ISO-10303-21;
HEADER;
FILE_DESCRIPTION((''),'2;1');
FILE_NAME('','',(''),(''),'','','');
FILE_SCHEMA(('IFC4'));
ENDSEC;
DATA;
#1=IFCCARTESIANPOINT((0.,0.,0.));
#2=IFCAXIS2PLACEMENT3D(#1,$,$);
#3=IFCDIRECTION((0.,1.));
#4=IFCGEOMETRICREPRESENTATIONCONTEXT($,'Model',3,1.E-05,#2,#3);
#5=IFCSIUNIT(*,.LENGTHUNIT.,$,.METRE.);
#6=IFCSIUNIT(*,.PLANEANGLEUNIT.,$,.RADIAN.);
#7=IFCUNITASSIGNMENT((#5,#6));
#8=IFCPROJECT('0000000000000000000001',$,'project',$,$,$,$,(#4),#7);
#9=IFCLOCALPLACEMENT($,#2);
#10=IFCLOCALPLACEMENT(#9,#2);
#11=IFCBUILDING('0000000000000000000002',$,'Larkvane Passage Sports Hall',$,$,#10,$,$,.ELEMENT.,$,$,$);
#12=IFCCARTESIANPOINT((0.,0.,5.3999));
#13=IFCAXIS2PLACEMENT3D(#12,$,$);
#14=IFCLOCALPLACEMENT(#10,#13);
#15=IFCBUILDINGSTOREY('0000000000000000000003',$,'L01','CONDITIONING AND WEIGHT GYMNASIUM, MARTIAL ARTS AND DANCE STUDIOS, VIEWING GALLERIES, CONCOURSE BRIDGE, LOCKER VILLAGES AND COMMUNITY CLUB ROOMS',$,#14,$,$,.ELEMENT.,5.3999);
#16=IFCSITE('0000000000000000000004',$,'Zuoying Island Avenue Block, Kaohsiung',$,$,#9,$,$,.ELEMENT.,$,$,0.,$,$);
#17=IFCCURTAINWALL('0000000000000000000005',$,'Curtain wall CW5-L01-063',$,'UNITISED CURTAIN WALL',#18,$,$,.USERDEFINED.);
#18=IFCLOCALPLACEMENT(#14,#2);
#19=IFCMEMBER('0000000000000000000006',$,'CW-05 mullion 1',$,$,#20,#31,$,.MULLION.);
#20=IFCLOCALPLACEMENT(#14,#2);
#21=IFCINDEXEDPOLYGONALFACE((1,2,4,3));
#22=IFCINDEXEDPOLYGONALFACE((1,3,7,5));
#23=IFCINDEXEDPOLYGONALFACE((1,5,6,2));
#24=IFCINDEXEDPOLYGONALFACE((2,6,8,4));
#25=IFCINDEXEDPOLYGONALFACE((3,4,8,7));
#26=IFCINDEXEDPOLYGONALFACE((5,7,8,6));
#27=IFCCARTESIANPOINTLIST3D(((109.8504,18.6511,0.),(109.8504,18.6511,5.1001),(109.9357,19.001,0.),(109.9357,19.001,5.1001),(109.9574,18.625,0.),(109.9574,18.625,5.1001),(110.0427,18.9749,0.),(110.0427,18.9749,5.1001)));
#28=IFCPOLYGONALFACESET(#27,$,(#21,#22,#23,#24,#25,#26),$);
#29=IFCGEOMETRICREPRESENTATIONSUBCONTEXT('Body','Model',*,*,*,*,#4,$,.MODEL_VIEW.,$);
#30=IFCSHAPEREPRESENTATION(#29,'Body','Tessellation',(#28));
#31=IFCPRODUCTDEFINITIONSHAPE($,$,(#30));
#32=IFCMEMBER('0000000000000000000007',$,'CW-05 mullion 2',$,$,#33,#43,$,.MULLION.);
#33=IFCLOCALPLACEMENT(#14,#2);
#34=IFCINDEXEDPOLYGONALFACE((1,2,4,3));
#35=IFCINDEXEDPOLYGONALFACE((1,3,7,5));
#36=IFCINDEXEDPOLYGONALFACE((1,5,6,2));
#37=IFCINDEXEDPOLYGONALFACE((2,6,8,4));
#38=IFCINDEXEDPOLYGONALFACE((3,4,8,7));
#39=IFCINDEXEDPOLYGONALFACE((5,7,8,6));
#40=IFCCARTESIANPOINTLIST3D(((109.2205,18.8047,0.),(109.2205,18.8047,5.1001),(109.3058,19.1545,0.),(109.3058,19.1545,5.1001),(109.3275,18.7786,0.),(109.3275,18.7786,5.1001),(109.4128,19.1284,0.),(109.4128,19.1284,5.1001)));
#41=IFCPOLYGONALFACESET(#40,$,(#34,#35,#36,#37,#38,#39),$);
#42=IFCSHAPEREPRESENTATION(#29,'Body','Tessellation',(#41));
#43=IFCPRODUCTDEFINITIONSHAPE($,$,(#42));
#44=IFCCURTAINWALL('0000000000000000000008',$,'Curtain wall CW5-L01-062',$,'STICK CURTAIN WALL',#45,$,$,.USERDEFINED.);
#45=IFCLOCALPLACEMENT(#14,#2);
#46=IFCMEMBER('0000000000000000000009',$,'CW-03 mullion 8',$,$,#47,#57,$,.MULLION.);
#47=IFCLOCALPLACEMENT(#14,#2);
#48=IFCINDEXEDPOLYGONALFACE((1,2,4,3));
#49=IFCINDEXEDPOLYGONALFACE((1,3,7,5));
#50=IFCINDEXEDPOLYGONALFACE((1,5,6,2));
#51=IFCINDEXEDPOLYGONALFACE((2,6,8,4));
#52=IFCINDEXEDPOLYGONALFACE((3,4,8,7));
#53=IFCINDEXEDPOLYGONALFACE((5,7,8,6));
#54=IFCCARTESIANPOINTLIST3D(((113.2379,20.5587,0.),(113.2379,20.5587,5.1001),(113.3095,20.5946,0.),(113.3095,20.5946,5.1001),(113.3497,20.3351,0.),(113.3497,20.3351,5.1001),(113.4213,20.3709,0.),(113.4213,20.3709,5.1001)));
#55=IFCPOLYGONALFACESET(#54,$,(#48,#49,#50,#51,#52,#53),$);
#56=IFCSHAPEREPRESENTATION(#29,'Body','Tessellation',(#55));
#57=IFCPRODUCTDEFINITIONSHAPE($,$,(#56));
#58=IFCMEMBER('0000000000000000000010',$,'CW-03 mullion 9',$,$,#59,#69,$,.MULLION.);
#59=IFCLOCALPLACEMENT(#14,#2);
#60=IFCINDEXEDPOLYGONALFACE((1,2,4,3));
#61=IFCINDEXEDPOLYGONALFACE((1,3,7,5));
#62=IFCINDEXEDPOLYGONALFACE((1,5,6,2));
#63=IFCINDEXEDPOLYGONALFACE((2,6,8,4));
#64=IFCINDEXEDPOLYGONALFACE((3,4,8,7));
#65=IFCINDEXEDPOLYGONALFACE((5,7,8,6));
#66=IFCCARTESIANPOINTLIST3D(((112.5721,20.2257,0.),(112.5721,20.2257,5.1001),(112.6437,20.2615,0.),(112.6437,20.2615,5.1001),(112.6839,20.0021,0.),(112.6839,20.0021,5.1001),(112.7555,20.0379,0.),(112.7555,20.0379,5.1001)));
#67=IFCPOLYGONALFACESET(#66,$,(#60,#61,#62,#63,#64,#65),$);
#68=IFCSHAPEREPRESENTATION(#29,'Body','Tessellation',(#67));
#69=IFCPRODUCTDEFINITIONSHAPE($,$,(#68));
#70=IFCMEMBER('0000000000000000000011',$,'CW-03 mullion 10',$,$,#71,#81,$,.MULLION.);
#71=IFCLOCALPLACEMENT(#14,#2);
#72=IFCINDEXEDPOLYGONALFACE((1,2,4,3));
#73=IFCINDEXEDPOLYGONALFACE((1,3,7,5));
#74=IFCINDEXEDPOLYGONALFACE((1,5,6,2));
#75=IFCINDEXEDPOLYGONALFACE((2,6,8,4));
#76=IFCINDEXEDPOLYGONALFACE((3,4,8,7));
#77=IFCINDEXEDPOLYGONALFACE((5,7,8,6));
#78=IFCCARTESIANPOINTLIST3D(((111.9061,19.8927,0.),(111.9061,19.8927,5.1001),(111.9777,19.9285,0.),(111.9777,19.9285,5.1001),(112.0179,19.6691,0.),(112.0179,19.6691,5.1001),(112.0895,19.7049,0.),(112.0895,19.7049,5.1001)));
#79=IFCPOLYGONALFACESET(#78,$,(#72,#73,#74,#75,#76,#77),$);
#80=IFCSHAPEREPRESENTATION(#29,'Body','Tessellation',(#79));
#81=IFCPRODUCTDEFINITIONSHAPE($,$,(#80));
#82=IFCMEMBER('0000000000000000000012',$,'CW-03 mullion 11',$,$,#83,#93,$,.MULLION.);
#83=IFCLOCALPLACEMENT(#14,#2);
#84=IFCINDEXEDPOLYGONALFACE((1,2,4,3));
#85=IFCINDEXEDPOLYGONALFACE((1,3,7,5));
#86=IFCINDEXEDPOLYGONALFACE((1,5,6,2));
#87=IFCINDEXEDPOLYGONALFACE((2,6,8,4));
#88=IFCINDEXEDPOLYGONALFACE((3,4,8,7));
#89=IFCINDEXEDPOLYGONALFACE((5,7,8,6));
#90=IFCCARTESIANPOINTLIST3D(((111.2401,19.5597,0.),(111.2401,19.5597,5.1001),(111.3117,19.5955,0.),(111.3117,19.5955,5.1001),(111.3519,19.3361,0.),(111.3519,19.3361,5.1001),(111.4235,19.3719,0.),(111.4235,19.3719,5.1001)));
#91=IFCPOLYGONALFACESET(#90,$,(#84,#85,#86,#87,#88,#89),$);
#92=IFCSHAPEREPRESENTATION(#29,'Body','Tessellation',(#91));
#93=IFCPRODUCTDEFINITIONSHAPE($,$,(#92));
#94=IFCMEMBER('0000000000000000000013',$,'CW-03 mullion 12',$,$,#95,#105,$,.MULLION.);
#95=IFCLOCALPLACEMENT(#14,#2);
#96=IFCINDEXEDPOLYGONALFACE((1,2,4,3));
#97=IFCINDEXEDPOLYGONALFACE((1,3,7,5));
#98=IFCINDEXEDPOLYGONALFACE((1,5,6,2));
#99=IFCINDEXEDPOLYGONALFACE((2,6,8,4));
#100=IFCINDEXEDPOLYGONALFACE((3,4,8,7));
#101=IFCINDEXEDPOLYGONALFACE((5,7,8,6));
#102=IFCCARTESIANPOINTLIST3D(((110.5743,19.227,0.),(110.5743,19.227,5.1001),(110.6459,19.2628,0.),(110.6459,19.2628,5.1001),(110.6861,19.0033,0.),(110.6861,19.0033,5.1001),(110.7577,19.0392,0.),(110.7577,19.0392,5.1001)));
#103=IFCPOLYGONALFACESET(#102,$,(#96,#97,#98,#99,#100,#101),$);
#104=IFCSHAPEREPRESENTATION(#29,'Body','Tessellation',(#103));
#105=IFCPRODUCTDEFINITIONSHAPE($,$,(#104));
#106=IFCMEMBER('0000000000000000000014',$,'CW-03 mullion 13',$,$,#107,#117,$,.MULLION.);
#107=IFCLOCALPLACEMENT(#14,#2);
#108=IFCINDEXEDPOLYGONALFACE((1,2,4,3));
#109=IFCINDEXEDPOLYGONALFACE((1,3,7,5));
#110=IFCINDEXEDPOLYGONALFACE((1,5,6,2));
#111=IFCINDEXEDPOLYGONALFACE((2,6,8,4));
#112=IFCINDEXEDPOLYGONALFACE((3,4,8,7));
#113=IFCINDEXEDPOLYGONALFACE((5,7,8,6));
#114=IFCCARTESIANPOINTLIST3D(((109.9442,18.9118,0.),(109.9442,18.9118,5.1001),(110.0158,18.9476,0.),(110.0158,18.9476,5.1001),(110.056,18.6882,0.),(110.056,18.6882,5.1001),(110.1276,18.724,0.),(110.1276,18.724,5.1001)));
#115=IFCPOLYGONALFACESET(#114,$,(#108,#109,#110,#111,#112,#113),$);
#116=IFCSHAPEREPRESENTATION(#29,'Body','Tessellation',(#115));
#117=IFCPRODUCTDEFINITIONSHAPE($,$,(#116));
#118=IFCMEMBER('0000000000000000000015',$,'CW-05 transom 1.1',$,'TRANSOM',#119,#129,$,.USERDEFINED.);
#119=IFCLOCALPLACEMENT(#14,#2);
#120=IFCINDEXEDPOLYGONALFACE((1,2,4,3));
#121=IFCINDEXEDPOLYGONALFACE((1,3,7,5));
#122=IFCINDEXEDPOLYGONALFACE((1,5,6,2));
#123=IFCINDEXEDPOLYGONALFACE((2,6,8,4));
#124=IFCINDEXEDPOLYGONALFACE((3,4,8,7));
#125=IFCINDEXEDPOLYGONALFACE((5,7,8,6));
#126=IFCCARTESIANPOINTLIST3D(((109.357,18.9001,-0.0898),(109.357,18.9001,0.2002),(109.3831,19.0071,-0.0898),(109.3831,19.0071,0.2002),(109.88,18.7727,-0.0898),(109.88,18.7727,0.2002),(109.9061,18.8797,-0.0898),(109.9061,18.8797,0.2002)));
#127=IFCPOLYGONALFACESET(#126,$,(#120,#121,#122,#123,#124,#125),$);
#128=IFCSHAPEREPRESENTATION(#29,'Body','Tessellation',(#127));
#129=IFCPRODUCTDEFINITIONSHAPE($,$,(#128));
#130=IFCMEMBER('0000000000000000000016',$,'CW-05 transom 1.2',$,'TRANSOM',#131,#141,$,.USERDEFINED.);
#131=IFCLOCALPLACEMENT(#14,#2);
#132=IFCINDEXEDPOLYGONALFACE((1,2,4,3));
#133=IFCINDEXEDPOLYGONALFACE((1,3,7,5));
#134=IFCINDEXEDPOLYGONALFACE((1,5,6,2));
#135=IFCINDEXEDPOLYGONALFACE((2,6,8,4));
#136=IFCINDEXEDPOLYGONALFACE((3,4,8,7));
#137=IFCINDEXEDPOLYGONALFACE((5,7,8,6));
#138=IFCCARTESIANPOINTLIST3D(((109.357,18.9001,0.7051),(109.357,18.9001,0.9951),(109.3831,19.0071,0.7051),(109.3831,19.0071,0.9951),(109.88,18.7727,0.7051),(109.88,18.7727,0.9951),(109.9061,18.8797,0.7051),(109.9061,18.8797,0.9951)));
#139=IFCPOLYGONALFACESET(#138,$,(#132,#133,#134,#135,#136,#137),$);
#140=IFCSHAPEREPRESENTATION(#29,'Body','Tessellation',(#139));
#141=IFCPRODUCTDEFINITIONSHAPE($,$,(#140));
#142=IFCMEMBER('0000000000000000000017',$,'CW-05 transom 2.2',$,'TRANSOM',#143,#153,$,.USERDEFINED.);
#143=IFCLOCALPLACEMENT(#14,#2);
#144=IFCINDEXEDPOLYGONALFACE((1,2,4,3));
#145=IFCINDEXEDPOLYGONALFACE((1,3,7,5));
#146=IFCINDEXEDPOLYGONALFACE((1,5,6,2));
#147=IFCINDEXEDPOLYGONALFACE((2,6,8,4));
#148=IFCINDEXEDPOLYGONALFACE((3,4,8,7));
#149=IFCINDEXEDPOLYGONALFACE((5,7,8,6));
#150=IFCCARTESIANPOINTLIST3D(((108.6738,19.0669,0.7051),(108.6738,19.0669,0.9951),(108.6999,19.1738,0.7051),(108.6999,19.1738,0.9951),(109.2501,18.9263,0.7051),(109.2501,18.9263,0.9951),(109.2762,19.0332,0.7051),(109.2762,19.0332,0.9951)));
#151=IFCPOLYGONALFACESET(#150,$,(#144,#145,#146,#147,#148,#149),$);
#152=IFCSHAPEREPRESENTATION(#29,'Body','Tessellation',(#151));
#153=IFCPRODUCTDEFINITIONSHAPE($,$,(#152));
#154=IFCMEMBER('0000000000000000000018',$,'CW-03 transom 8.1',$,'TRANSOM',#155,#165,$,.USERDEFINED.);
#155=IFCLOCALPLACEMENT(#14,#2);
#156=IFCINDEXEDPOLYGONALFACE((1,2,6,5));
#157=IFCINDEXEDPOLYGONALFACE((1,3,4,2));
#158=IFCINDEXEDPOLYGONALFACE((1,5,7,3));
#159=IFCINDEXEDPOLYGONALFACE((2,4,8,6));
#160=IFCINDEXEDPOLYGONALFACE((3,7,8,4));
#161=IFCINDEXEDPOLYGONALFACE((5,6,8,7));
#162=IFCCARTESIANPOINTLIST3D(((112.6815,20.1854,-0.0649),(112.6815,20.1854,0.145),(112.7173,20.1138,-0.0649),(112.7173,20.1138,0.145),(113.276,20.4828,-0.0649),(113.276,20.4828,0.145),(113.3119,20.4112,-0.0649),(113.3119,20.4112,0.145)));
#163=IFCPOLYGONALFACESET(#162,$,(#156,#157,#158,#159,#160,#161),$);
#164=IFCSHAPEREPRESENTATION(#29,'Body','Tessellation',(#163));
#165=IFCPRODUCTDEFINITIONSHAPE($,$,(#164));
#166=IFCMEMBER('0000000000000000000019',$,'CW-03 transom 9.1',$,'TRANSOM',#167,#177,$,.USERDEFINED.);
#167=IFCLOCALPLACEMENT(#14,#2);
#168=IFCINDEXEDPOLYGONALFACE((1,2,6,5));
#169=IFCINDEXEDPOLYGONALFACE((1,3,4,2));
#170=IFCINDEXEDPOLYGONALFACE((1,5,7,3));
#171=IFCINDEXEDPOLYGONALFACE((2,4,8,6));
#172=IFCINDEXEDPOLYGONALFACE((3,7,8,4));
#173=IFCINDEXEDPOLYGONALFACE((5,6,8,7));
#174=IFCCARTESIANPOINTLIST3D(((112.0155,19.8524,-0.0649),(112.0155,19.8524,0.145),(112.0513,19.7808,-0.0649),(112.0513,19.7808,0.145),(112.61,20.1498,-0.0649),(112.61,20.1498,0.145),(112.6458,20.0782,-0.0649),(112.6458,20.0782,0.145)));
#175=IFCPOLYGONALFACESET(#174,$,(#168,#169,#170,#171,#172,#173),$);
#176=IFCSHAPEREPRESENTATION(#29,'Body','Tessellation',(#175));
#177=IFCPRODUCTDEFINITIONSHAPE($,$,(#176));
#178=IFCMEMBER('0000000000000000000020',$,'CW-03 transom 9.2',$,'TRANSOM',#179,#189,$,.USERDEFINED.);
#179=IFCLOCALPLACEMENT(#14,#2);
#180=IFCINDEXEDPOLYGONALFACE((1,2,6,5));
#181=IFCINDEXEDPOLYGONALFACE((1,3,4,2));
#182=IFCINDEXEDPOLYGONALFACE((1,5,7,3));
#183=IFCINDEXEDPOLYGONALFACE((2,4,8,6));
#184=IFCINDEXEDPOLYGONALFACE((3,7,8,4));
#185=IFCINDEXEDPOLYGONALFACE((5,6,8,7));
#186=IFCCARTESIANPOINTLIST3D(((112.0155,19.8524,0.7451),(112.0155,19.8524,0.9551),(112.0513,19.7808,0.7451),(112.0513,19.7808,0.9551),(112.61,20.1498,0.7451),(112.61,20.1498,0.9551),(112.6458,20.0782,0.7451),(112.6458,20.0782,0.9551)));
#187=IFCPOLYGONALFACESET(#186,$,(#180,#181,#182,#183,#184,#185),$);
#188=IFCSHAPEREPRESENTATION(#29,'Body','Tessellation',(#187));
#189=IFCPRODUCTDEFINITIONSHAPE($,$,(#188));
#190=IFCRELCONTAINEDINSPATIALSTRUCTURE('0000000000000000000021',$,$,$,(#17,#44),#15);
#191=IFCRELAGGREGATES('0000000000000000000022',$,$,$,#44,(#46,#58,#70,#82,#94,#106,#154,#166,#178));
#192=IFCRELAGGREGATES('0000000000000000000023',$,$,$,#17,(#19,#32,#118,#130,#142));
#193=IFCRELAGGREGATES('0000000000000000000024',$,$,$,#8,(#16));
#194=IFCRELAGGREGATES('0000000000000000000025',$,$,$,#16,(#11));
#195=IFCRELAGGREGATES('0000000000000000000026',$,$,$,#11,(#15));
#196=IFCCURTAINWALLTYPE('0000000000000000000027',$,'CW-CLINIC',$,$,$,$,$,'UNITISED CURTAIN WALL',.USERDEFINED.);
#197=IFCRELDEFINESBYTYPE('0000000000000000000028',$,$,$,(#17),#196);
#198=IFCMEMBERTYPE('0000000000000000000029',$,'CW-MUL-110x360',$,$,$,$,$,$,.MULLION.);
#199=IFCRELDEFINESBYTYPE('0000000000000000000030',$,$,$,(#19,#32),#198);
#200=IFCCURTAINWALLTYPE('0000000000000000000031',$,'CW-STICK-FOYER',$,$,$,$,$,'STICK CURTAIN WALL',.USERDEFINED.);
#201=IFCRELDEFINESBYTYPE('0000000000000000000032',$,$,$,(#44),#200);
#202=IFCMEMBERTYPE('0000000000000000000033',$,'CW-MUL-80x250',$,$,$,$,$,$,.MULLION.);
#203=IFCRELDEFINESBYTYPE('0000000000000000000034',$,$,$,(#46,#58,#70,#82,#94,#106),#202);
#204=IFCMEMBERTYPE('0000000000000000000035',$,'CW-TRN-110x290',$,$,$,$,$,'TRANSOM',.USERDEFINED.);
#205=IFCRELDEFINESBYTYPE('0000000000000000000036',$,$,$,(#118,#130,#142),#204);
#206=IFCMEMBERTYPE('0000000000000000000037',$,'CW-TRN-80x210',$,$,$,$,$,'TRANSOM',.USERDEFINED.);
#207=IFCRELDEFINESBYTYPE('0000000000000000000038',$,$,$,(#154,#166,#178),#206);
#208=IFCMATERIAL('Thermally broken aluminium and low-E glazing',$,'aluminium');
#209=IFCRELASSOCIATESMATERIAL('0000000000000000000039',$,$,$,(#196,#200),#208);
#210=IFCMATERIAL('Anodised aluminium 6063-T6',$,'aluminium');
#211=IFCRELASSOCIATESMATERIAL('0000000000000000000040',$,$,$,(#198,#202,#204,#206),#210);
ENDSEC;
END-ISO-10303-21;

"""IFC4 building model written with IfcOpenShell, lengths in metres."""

from ifc_helpers import new_model, si_unit, direction, frame, origin, origin_2d, place, context, subcontext, project, spatial, rectangle, extrude, material, material_profile, profile_set, type_object, element, aggregate, save


model = new_model("IFC4")

# Units and contexts
model_context = context("Model", 3, precision=1e-05, world=origin(), true_north=direction((0.0, 1.0)))
body_context = subcontext(model_context, "Body", "Model", "MODEL_VIEW")
ifc_project = project(units=[si_unit("LENGTHUNIT", "METRE"), si_unit("PLANEANGLEUNIT", "RADIAN")], contexts=[model_context])

# Site, building, storey
site_placement = place(None, origin())
site = spatial("IfcSite", under=ifc_project, at=site_placement, Name="Zuoying Island Avenue Block, Kaohsiung", CompositionType="ELEMENT", RefElevation=0.0)
building_placement = place(site_placement, origin())
building = spatial("IfcBuilding", under=site, at=building_placement, Name="Larkvane Passage Sports Hall", CompositionType="ELEMENT")
storey_placement = place(building_placement, frame((0.0, 0.0, 5.3999)))
storey = spatial("IfcBuildingStorey", under=building, at=storey_placement, Name="L01", Description="CONDITIONING AND WEIGHT GYMNASIUM, MARTIAL ARTS AND DANCE STUDIOS, VIEWING GALLERIES, CONCOURSE BRIDGE, LOCKER VILLAGES AND COMMUNITY CLUB ROOMS", CompositionType="ELEMENT", Elevation=5.3999)

# Curtain walls, members
ifc_material_1 = material(Name="Thermally broken aluminium and low-E glazing", Category="aluminium")
curtain_wall_type_1 = type_object("IfcCurtainWallType", Name="CW-CLINIC", ElementType="UNITISED CURTAIN WALL", PredefinedType="USERDEFINED", material=ifc_material_1)
curtain_wall_1_placement = place(storey_placement, origin())
curtain_wall_1 = element("IfcCurtainWall", 1, at=curtain_wall_1_placement, inside=storey, type_object=curtain_wall_type_1, Name="Curtain wall CW5-L01-063", ObjectType="UNITISED CURTAIN WALL", PredefinedType="USERDEFINED")
ifc_material_2 = material(Name="Anodised aluminium 6063-T6", Category="aluminium")
ifc_material_profile_1 = material_profile(ifc_material_2, rectangle(XDim=0.1101, YDim=0.3601, at=origin_2d()), Name="ALU-MUL-110x360")
ifc_profile_set_1 = profile_set([ifc_material_profile_1], Name="Anodised aluminium 6063-T6")
member_type_1 = type_object("IfcMemberType", Name="CW-MUL-110x360", PredefinedType="MULLION", material=ifc_profile_set_1)
member_1_placement = place(storey_placement, frame((109.9465, 18.813, 0.0), z_axis=(0.0, 0.0, 1.0), x_axis=(-0.971522, 0.236949, 0.0)))
member_1 = element("IfcMember", 2, at=member_1_placement, type_object=member_type_1, Name="CW-05 mullion 1", PredefinedType="MULLION", context=body_context, shape_type="SweptSolid", body=[
    extrude(rectangle(XDim=0.1101, YDim=0.3601, at=origin_2d()), origin(), (0.0, 0.0, 1.0), 5.1001),
])
member_2_placement = place(storey_placement, frame((109.3167, 18.9666, 0.0), z_axis=(0.0, 0.0, 1.0), x_axis=(-0.971522, 0.236949, 0.0)))
member_2 = element("IfcMember", 3, at=member_2_placement, type_object=member_type_1, Name="CW-05 mullion 2", PredefinedType="MULLION", context=body_context, shape_type="SweptSolid", body=[
    extrude(rectangle(XDim=0.1101, YDim=0.3601, at=origin_2d()), origin(), (0.0, 0.0, 1.0), 5.1001),
])
curtain_wall_type_2 = type_object("IfcCurtainWallType", Name="CW-STICK-FOYER", ElementType="STICK CURTAIN WALL", PredefinedType="USERDEFINED", material=ifc_material_1)
curtain_wall_2_placement = place(storey_placement, origin())
curtain_wall_2 = element("IfcCurtainWall", 4, at=curtain_wall_2_placement, inside=storey, type_object=curtain_wall_type_2, Name="Curtain wall CW5-L01-062", ObjectType="STICK CURTAIN WALL", PredefinedType="USERDEFINED")
ifc_material_profile_2 = material_profile(ifc_material_2, rectangle(XDim=0.0801, YDim=0.25, at=origin_2d()), Name="ALU-MUL-80x250")
ifc_profile_set_2 = profile_set([ifc_material_profile_2], Name="Anodised aluminium 6063-T6")
member_type_2 = type_object("IfcMemberType", Name="CW-MUL-80x250", PredefinedType="MULLION", material=ifc_profile_set_2)
member_3_placement = place(storey_placement, frame((113.3296, 20.4648, 0.0), z_axis=(0.0, 0.0, 1.0), x_axis=(-0.894429, -0.447209, 0.0)))
member_3 = element("IfcMember", 5, at=member_3_placement, type_object=member_type_2, Name="CW-03 mullion 8", PredefinedType="MULLION", context=body_context, shape_type="SweptSolid", body=[
    extrude(rectangle(XDim=0.0801, YDim=0.25, at=origin_2d()), origin(), (0.0, 0.0, 1.0), 5.1001),
])
member_4_placement = place(storey_placement, frame((112.6638, 20.1318, 0.0), z_axis=(0.0, 0.0, 1.0), x_axis=(-0.894429, -0.447209, 0.0)))
member_4 = element("IfcMember", 6, at=member_4_placement, type_object=member_type_2, Name="CW-03 mullion 9", PredefinedType="MULLION", context=body_context, shape_type="SweptSolid", body=[
    extrude(rectangle(XDim=0.0801, YDim=0.25, at=origin_2d()), origin(), (0.0, 0.0, 1.0), 5.1001),
])
member_5_placement = place(storey_placement, frame((111.9978, 19.7988, 0.0), z_axis=(0.0, 0.0, 1.0), x_axis=(-0.894429, -0.447209, 0.0)))
member_5 = element("IfcMember", 7, at=member_5_placement, type_object=member_type_2, Name="CW-03 mullion 10", PredefinedType="MULLION", context=body_context, shape_type="SweptSolid", body=[
    extrude(rectangle(XDim=0.0801, YDim=0.25, at=origin_2d()), origin(), (0.0, 0.0, 1.0), 5.1001),
])
member_6_placement = place(storey_placement, frame((111.3318, 19.4658, 0.0), z_axis=(0.0, 0.0, 1.0), x_axis=(-0.894429, -0.447209, 0.0)))
member_6 = element("IfcMember", 8, at=member_6_placement, type_object=member_type_2, Name="CW-03 mullion 11", PredefinedType="MULLION", context=body_context, shape_type="SweptSolid", body=[
    extrude(rectangle(XDim=0.0801, YDim=0.25, at=origin_2d()), origin(), (0.0, 0.0, 1.0), 5.1001),
])
member_7_placement = place(storey_placement, frame((110.666, 19.1331, 0.0), z_axis=(0.0, 0.0, 1.0), x_axis=(-0.894429, -0.447209, 0.0)))
member_7 = element("IfcMember", 9, at=member_7_placement, type_object=member_type_2, Name="CW-03 mullion 12", PredefinedType="MULLION", context=body_context, shape_type="SweptSolid", body=[
    extrude(rectangle(XDim=0.0801, YDim=0.25, at=origin_2d()), origin(), (0.0, 0.0, 1.0), 5.1001),
])
member_8_placement = place(storey_placement, frame((110.0359, 18.8179, 0.0), z_axis=(0.0, 0.0, 1.0), x_axis=(-0.894429, -0.447209, 0.0)))
member_8 = element("IfcMember", 10, at=member_8_placement, type_object=member_type_2, Name="CW-03 mullion 13", PredefinedType="MULLION", context=body_context, shape_type="SweptSolid", body=[
    extrude(rectangle(XDim=0.0801, YDim=0.25, at=origin_2d()), origin(), (0.0, 0.0, 1.0), 5.1001),
])

# Members
ifc_material_profile_3 = material_profile(ifc_material_2, rectangle(XDim=0.1101, YDim=0.29, at=origin_2d()), Name="ALU-TRN-110x290")
ifc_profile_set_3 = profile_set([ifc_material_profile_3], Name="Anodised aluminium 6063-T6")
member_type_3 = type_object("IfcMemberType", Name="CW-TRN-110x290", ElementType="TRANSOM", PredefinedType="USERDEFINED", material=ifc_profile_set_3)
member_9_placement = place(storey_placement, frame((109.8931, 18.8262, 0.0552), z_axis=(-0.971566, 0.236768, 0.0), x_axis=(-0.236768, -0.971566, 0.0)))
member_9 = element("IfcMember", 11, at=member_9_placement, type_object=member_type_3, Name="CW-05 transom 1.1", ObjectType="TRANSOM", PredefinedType="USERDEFINED", context=body_context, shape_type="SweptSolid", body=[
    extrude(rectangle(XDim=0.1101, YDim=0.29, at=origin_2d()), origin(), (0.0, 0.0, 1.0), 0.5383),
])
member_10_placement = place(storey_placement, frame((109.8931, 18.8262, 0.8501), z_axis=(-0.971566, 0.236768, 0.0), x_axis=(-0.236768, -0.971566, 0.0)))
member_10 = element("IfcMember", 12, at=member_10_placement, type_object=member_type_3, Name="CW-05 transom 1.2", ObjectType="TRANSOM", PredefinedType="USERDEFINED", context=body_context, shape_type="SweptSolid", body=[
    extrude(rectangle(XDim=0.1101, YDim=0.29, at=origin_2d()), origin(), (0.0, 0.0, 1.0), 0.5383),
])
member_11_placement = place(storey_placement, frame((109.2632, 18.9797, 0.8501), z_axis=(-0.971506, 0.237013, 0.0), x_axis=(-0.237013, -0.971506, 0.0)))
member_11 = element("IfcMember", 13, at=member_11_placement, type_object=member_type_3, Name="CW-05 transom 2.2", ObjectType="TRANSOM", PredefinedType="USERDEFINED", context=body_context, shape_type="SweptSolid", body=[
    extrude(rectangle(XDim=0.1101, YDim=0.29, at=origin_2d()), origin(), (0.0, 0.0, 1.0), 0.5933),
])
ifc_material_profile_4 = material_profile(ifc_material_2, rectangle(XDim=0.0801, YDim=0.21, at=origin_2d()), Name="ALU-TRN-80x210")
ifc_profile_set_4 = profile_set([ifc_material_profile_4], Name="Anodised aluminium 6063-T6")
member_type_4 = type_object("IfcMemberType", Name="CW-TRN-80x210", ElementType="TRANSOM", PredefinedType="USERDEFINED", material=ifc_profile_set_4)
member_12_placement = place(storey_placement, frame((113.2939, 20.447, 0.04), z_axis=(-0.894354, -0.447361, 0.0), x_axis=(0.447361, -0.894354, 0.0)))
member_12 = element("IfcMember", 14, at=member_12_placement, type_object=member_type_4, Name="CW-03 transom 8.1", ObjectType="TRANSOM", PredefinedType="USERDEFINED", context=body_context, shape_type="SweptSolid", body=[
    extrude(rectangle(XDim=0.0801, YDim=0.21, at=origin_2d()), origin(), (0.0, 0.0, 1.0), 0.6648),
])
member_13_placement = place(storey_placement, frame((112.6279, 20.114, 0.04), z_axis=(-0.894354, -0.447361, 0.0), x_axis=(0.447361, -0.894354, 0.0)))
member_13 = element("IfcMember", 15, at=member_13_placement, type_object=member_type_4, Name="CW-03 transom 9.1", ObjectType="TRANSOM", PredefinedType="USERDEFINED", context=body_context, shape_type="SweptSolid", body=[
    extrude(rectangle(XDim=0.0801, YDim=0.21, at=origin_2d()), origin(), (0.0, 0.0, 1.0), 0.6648),
])
member_14_placement = place(storey_placement, frame((112.6279, 20.114, 0.8501), z_axis=(-0.894354, -0.447361, 0.0), x_axis=(0.447361, -0.894354, 0.0)))
member_14 = element("IfcMember", 16, at=member_14_placement, type_object=member_type_4, Name="CW-03 transom 9.2", ObjectType="TRANSOM", PredefinedType="USERDEFINED", context=body_context, shape_type="SweptSolid", body=[
    extrude(rectangle(XDim=0.0801, YDim=0.21, at=origin_2d()), origin(), (0.0, 0.0, 1.0), 0.6648),
])

aggregate(curtain_wall_2, [member_3, member_4, member_5, member_6, member_7, member_8, member_12, member_13, member_14])
aggregate(curtain_wall_1, [member_1, member_2, member_9, member_10, member_11])

save(model, "model.ifc")
